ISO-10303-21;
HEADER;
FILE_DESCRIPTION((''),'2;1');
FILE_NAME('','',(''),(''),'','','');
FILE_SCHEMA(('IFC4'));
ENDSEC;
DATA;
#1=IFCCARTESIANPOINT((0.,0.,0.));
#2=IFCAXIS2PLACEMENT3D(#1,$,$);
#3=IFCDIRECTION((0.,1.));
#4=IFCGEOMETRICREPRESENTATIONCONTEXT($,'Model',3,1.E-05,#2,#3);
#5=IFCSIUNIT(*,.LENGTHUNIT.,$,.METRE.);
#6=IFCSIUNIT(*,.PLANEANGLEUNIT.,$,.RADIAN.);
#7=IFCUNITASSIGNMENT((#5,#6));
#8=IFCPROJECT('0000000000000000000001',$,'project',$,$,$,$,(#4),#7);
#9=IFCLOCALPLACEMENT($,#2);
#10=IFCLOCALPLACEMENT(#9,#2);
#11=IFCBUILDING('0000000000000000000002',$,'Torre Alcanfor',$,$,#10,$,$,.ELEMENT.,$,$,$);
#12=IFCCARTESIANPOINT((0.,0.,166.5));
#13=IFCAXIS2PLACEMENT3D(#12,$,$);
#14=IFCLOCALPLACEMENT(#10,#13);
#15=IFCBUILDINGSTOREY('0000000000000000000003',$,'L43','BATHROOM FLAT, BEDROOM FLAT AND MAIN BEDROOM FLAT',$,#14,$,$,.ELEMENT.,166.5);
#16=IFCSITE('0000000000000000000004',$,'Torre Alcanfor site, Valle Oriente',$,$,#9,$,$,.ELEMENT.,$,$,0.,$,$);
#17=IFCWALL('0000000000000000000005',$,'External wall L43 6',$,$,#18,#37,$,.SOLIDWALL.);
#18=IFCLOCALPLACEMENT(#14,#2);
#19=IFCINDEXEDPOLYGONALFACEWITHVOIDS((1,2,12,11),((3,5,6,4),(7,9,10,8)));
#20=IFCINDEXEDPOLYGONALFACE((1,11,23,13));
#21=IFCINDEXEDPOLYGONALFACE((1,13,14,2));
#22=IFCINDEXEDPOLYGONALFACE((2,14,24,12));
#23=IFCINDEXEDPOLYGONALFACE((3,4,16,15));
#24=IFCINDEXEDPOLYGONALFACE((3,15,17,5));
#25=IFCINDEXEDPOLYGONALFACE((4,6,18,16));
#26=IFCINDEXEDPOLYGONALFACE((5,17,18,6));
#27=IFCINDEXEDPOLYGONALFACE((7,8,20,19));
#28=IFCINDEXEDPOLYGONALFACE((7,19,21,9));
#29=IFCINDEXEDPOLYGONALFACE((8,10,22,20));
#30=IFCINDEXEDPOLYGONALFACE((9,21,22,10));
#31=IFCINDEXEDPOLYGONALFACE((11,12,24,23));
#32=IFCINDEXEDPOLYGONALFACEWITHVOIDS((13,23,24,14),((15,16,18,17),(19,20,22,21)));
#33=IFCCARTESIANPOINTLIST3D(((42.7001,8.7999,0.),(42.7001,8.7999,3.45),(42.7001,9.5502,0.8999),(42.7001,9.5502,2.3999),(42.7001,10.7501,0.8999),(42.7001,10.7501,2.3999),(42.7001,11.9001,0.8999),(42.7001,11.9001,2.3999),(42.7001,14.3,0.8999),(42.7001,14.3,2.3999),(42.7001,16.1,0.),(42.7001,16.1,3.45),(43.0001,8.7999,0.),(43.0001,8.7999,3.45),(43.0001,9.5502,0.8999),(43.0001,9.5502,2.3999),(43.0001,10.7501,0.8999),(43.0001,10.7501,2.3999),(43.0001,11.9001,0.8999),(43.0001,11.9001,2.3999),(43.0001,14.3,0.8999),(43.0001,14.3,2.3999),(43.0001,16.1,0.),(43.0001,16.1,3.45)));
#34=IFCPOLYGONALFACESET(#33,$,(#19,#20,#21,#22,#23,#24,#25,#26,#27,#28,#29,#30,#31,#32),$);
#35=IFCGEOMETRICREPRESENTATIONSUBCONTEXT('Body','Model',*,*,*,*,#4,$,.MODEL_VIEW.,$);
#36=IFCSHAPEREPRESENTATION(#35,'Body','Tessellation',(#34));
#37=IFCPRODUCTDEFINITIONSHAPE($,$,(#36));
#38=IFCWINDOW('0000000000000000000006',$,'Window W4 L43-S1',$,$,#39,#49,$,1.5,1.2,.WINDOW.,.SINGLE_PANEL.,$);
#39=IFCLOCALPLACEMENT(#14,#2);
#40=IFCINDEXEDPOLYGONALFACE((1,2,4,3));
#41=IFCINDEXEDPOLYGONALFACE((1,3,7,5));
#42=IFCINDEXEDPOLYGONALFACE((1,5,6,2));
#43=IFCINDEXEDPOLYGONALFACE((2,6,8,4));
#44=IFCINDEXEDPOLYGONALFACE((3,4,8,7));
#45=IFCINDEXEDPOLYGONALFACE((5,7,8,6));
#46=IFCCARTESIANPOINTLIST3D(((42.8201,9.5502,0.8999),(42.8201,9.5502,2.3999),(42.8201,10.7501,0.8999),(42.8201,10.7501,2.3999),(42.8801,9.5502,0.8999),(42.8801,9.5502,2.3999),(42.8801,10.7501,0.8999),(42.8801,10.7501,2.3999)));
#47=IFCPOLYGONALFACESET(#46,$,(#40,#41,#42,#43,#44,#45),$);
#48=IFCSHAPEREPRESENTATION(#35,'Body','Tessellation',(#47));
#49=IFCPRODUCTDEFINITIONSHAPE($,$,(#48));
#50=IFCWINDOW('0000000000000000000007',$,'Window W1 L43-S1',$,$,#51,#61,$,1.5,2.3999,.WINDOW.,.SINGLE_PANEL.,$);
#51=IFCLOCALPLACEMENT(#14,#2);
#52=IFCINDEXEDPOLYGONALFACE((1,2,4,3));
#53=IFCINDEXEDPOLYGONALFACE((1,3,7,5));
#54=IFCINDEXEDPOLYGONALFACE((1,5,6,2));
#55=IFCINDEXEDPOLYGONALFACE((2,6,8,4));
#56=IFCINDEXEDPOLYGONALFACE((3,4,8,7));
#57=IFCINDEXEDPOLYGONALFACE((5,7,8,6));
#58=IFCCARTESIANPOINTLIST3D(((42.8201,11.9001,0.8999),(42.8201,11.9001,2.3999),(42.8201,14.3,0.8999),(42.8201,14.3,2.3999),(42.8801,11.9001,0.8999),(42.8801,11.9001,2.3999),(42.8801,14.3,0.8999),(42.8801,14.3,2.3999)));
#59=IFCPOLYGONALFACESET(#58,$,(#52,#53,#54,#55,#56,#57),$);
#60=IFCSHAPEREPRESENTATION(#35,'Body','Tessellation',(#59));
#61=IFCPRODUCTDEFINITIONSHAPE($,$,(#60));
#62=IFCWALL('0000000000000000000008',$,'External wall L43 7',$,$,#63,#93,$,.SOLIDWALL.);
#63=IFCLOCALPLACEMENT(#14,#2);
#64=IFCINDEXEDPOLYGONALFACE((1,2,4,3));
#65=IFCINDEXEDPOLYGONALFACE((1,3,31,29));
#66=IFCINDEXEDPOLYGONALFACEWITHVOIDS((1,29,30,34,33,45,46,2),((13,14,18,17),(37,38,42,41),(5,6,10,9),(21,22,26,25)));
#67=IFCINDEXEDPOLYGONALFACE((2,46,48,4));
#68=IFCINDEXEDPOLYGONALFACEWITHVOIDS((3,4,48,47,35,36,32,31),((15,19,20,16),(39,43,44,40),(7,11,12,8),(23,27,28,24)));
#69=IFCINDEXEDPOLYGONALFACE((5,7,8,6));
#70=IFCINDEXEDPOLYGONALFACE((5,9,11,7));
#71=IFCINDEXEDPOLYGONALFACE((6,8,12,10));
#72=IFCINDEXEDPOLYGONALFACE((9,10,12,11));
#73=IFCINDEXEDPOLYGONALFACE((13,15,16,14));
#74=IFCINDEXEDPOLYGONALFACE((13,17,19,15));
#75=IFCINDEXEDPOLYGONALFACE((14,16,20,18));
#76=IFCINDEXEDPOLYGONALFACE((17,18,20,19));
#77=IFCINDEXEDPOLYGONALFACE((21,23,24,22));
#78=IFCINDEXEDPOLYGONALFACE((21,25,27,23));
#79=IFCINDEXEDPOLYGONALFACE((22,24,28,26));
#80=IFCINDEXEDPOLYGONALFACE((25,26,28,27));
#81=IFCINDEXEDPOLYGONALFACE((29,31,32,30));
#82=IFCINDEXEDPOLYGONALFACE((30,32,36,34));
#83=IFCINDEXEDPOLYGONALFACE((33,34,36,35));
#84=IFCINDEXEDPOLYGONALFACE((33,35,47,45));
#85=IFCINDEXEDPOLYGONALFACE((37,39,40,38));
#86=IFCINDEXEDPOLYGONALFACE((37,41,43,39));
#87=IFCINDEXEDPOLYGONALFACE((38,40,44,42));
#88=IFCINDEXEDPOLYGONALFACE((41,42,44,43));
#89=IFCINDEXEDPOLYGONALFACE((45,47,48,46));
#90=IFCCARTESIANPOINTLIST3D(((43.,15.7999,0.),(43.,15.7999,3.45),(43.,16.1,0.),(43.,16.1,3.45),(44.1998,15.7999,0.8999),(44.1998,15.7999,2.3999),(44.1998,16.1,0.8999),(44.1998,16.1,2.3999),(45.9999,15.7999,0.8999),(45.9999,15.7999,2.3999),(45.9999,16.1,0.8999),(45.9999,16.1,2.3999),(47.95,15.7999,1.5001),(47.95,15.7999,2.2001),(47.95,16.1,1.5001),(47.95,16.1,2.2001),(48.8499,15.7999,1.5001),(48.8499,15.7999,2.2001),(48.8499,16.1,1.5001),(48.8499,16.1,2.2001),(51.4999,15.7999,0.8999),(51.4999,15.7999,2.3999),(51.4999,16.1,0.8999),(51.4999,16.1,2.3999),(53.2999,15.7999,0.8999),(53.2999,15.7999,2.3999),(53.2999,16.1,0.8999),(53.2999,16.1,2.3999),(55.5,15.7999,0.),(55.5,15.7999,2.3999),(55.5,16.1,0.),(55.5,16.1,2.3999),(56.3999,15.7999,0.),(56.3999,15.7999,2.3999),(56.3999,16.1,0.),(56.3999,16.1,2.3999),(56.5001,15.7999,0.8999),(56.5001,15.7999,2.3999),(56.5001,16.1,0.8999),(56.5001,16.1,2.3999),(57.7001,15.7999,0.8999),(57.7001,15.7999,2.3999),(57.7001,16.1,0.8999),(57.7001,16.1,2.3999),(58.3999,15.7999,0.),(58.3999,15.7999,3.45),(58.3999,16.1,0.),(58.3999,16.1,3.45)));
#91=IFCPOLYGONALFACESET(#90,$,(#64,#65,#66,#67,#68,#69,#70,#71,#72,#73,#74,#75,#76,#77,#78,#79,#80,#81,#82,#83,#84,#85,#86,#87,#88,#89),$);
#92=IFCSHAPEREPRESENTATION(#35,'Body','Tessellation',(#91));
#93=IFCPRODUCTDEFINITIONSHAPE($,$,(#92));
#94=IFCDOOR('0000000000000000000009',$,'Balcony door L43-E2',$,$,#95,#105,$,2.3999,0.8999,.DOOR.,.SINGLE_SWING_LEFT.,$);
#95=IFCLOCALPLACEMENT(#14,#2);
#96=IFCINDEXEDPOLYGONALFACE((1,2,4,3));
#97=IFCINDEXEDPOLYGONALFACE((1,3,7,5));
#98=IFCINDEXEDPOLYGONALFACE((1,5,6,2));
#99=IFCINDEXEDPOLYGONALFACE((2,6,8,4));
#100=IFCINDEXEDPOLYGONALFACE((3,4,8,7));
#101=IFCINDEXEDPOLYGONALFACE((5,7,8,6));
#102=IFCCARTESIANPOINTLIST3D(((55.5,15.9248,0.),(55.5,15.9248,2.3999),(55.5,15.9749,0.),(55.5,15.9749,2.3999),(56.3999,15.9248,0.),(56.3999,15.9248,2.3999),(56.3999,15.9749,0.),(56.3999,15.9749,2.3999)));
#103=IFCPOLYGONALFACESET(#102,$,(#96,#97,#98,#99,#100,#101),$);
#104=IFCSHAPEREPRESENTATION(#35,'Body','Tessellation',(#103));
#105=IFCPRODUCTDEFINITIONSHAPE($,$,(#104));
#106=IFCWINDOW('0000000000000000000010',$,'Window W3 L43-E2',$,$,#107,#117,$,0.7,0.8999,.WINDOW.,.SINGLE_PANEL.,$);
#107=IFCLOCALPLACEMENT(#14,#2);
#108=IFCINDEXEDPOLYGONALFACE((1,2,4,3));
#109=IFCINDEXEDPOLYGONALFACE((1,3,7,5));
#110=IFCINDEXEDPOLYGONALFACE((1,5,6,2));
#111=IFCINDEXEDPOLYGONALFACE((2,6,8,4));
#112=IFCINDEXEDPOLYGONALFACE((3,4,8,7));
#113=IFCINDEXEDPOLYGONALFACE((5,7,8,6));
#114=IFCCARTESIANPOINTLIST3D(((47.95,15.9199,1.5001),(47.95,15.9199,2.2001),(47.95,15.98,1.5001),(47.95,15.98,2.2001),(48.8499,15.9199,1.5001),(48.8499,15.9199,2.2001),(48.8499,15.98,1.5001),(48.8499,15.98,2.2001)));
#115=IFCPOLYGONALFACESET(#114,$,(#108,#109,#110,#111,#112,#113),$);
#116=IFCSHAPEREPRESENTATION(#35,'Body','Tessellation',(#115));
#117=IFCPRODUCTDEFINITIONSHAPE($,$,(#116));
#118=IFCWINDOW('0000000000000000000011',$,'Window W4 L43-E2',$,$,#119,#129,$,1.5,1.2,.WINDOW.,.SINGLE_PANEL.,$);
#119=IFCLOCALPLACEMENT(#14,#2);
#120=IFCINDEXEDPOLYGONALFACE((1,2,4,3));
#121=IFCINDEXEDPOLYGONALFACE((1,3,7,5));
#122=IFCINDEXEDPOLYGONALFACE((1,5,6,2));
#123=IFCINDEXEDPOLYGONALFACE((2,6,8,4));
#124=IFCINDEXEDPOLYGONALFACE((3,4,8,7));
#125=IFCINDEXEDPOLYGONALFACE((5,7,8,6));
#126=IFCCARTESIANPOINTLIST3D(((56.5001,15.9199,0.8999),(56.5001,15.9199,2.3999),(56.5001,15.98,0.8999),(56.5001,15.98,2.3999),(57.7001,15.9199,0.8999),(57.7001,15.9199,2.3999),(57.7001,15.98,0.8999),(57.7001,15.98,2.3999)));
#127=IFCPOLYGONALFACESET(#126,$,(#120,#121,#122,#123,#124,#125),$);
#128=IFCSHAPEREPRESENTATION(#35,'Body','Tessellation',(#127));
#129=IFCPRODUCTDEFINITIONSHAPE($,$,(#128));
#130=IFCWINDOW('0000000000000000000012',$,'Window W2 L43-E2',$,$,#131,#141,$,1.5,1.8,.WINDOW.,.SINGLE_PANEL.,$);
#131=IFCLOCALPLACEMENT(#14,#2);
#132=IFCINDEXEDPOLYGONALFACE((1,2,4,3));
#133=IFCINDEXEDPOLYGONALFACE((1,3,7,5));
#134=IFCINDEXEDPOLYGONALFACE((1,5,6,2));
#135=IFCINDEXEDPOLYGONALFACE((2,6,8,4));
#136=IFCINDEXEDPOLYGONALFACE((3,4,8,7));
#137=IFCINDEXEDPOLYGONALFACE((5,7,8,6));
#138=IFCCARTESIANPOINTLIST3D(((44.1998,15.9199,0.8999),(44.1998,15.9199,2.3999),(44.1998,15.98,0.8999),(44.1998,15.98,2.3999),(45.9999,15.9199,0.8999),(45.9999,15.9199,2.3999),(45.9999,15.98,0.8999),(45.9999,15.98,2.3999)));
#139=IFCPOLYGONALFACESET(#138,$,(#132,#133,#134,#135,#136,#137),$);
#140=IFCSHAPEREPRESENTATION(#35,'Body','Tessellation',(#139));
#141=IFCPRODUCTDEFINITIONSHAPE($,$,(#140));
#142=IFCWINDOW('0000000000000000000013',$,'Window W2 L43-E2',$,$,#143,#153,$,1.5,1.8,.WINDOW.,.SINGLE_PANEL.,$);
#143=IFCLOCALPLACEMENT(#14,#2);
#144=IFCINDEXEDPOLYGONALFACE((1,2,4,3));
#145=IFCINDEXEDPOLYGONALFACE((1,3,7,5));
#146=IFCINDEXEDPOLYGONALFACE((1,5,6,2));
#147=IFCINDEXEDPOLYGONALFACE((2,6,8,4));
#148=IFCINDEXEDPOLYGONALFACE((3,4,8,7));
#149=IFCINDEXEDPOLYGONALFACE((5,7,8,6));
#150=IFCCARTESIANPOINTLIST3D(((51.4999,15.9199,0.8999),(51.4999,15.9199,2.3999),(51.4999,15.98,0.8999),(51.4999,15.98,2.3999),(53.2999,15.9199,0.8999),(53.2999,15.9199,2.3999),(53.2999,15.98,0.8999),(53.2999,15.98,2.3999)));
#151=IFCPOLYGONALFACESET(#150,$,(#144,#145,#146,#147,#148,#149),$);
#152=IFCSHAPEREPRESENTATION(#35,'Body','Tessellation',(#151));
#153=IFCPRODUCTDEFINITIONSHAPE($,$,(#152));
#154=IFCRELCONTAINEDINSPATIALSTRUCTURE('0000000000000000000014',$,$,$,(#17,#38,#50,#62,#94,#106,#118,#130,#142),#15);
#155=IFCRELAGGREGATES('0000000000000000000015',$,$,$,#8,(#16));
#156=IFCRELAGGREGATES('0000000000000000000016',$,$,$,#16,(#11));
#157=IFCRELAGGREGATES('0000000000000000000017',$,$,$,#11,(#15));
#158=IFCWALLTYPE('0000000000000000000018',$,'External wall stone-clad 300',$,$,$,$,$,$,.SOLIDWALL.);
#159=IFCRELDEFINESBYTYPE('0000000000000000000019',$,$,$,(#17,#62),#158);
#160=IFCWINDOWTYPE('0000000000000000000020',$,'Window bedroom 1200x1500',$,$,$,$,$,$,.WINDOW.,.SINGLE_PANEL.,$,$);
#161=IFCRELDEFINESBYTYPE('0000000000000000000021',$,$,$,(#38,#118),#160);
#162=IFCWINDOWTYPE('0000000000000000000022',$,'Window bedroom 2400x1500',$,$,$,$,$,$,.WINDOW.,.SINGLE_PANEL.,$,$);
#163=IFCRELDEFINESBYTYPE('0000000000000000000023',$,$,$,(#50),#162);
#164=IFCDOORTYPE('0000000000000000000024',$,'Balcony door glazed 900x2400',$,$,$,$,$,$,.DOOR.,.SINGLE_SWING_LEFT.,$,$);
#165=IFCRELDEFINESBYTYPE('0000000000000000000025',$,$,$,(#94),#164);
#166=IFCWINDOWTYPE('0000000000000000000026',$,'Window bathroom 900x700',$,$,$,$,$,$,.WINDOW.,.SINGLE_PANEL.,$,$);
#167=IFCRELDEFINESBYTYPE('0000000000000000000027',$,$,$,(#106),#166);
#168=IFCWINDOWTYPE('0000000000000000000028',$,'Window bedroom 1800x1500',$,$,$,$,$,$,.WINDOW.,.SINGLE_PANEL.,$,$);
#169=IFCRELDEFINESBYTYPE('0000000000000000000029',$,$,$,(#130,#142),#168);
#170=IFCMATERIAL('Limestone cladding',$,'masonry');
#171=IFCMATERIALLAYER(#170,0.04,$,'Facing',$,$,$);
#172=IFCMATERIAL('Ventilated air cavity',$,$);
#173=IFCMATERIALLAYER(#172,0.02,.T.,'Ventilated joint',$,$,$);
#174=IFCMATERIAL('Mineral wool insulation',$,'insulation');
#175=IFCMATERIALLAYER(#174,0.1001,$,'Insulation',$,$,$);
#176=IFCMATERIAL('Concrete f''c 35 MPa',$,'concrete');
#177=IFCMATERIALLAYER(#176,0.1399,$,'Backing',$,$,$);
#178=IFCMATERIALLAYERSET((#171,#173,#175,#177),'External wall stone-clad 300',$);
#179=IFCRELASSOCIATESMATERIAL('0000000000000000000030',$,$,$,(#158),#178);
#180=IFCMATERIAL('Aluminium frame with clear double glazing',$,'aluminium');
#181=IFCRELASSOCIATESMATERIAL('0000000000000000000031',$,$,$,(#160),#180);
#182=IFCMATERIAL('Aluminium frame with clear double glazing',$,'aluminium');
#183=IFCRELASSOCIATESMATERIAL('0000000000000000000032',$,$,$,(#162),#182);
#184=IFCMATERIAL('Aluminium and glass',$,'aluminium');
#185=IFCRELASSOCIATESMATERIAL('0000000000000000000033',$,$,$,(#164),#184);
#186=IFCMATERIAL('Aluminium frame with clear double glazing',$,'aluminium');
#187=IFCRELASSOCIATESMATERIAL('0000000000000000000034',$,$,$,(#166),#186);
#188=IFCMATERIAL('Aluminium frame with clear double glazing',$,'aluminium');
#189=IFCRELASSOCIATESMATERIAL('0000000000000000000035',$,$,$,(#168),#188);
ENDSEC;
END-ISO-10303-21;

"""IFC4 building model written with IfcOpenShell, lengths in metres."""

from ifc_helpers import new_model, si_unit, direction, frame, frame_2d, origin, place, context, subcontext, project, spatial, rectangle, extrude, material, layer, layer_set, type_object, element, fill, save


model = new_model("IFC4")

# Units and contexts
model_context = context("Model", 3, precision=1e-05, world=origin(), true_north=direction((0.0, 1.0)))
body_context = subcontext(model_context, "Body", "Model", "MODEL_VIEW")
ifc_project = project(units=[si_unit("LENGTHUNIT", "METRE"), si_unit("PLANEANGLEUNIT", "RADIAN")], contexts=[model_context])

# Site, building, storey
site_placement = place(None, origin())
site = spatial("IfcSite", under=ifc_project, at=site_placement, Name="Torre Alcanfor site, Valle Oriente", CompositionType="ELEMENT", RefElevation=0.0)
building_placement = place(site_placement, origin())
building = spatial("IfcBuilding", under=site, at=building_placement, Name="Torre Alcanfor", CompositionType="ELEMENT")
storey_placement = place(building_placement, frame((0.0, 0.0, 166.5)))
storey = spatial("IfcBuildingStorey", under=building, at=storey_placement, Name="L43", Description="BATHROOM FLAT, BEDROOM FLAT AND MAIN BEDROOM FLAT", CompositionType="ELEMENT", Elevation=166.5)

# Wall, openings, windows
ifc_material_1 = material(Name="Limestone cladding", Category="masonry")
ifc_layer_1 = layer(ifc_material_1, 0.04, Name="Facing")
ifc_material_2 = material(Name="Ventilated air cavity")
ifc_layer_2 = layer(ifc_material_2, 0.02, ventilated=True, Name="Ventilated joint")
ifc_material_3 = material(Name="Mineral wool insulation", Category="insulation")
ifc_layer_3 = layer(ifc_material_3, 0.1001, Name="Insulation")
ifc_material_4 = material(Name="Concrete f'c 35 MPa", Category="concrete")
ifc_layer_4 = layer(ifc_material_4, 0.1399, Name="Backing")
ifc_layer_set_1 = layer_set([ifc_layer_1, ifc_layer_2, ifc_layer_3, ifc_layer_4], Name="External wall stone-clad 300")
wall_type_1 = type_object("IfcWallType", Name="External wall stone-clad 300", PredefinedType="SOLIDWALL", material=ifc_layer_set_1)
wall_1_placement = place(storey_placement, frame((42.8501, 8.8, 0.0), z_axis=(0.0, 0.0, 1.0), x_axis=(0.0, 1.0, 0.0)))
wall_1 = element("IfcWall", 1, at=wall_1_placement, inside=storey, type_object=wall_type_1, Name="External wall L43 6", PredefinedType="SOLIDWALL", context=body_context, shape_type="SweptSolid", body=[
    extrude(rectangle(XDim=7.3, YDim=0.3, at=frame_2d((3.6499, 0.0))), origin(), (0.0, 0.0, 1.0), 3.45),
])
opening_1_placement = place(wall_1_placement, frame((3.1001, 0.0, 0.8999)))
opening_1 = element("IfcOpeningElement", 2, at=opening_1_placement, cuts=wall_1, PredefinedType="OPENING", context=body_context, shape_type="SweptSolid", body=[
    extrude(rectangle(XDim=2.3999, YDim=1.5, at=frame_2d((1.2, 0.75))), frame((0.0, 0.1599, 0.0), z_axis=(0.0, -1.0, 0.0), x_axis=(1.0, 0.0, 0.0)), (0.0, 0.0, 1.0), 0.3201),
])
opening_2_placement = place(wall_1_placement, frame((0.75, 0.0, 0.8999)))
opening_2 = element("IfcOpeningElement", 3, at=opening_2_placement, cuts=wall_1, PredefinedType="OPENING", context=body_context, shape_type="SweptSolid", body=[
    extrude(rectangle(XDim=1.2, YDim=1.5, at=frame_2d((0.6001, 0.75))), frame((0.0, 0.1599, 0.0), z_axis=(0.0, -1.0, 0.0), x_axis=(1.0, 0.0, 0.0)), (0.0, 0.0, 1.0), 0.3201),
])
ifc_material_5 = material(Name="Aluminium frame with clear double glazing", Category="aluminium")
window_type_1 = type_object("IfcWindowType", Name="Window bedroom 1200x1500", PartitioningType="SINGLE_PANEL", PredefinedType="WINDOW", material=ifc_material_5)
window_1_placement = place(opening_2_placement, origin())
window_1 = element("IfcWindow", 4, at=window_1_placement, inside=storey, type_object=window_type_1, Name="Window W4 L43-S1", OverallHeight=1.5, OverallWidth=1.2, PartitioningType="SINGLE_PANEL", PredefinedType="WINDOW", context=body_context, shape_type="SweptSolid", body=[
    extrude(rectangle(XDim=1.2, YDim=1.5, at=frame_2d((0.6001, 0.75))), frame((0.0, 0.03, 0.0), z_axis=(0.0, -1.0, 0.0), x_axis=(1.0, 0.0, 0.0)), (0.0, 0.0, 1.0), 0.0601),
])
fill(opening_2, window_1)
ifc_material_6 = material(Name="Aluminium frame with clear double glazing", Category="aluminium")
window_type_2 = type_object("IfcWindowType", Name="Window bedroom 2400x1500", PartitioningType="SINGLE_PANEL", PredefinedType="WINDOW", material=ifc_material_6)
window_2_placement = place(opening_1_placement, origin())
window_2 = element("IfcWindow", 5, at=window_2_placement, inside=storey, type_object=window_type_2, Name="Window W1 L43-S1", OverallHeight=1.5, OverallWidth=2.3999, PartitioningType="SINGLE_PANEL", PredefinedType="WINDOW", context=body_context, shape_type="SweptSolid", body=[
    extrude(rectangle(XDim=2.3999, YDim=1.5, at=frame_2d((1.2, 0.75))), frame((0.0, 0.03, 0.0), z_axis=(0.0, -1.0, 0.0), x_axis=(1.0, 0.0, 0.0)), (0.0, 0.0, 1.0), 0.0601),
])
fill(opening_1, window_2)

# Wall, openings, door, windows
wall_2_placement = place(storey_placement, frame((43.0, 15.95, 0.0), z_axis=(0.0, 0.0, 1.0), x_axis=(1.0, 0.0, 0.0)))
wall_2 = element("IfcWall", 6, at=wall_2_placement, inside=storey, type_object=wall_type_1, Name="External wall L43 7", PredefinedType="SOLIDWALL", context=body_context, shape_type="SweptSolid", body=[
    extrude(rectangle(XDim=15.3999, YDim=0.3, at=frame_2d((7.7, 0.0))), origin(), (0.0, 0.0, 1.0), 3.45),
])
opening_3_placement = place(wall_2_placement, frame((1.2, 0.0, 0.8999)))
opening_3 = element("IfcOpeningElement", 7, at=opening_3_placement, cuts=wall_2, PredefinedType="OPENING", context=body_context, shape_type="SweptSolid", body=[
    extrude(rectangle(XDim=1.8, YDim=1.5, at=frame_2d((0.8999, 0.75))), frame((0.0, 0.1599, 0.0), z_axis=(0.0, -1.0, 0.0), x_axis=(1.0, 0.0, 0.0)), (0.0, 0.0, 1.0), 0.3201),
])
opening_4_placement = place(wall_2_placement, frame((4.95, 0.0, 1.5)))
opening_4 = element("IfcOpeningElement", 8, at=opening_4_placement, cuts=wall_2, PredefinedType="OPENING", context=body_context, shape_type="SweptSolid", body=[
    extrude(rectangle(XDim=0.8999, YDim=0.7, at=frame_2d((0.45, 0.3501))), frame((0.0, 0.1599, 0.0), z_axis=(0.0, -1.0, 0.0), x_axis=(1.0, 0.0, 0.0)), (0.0, 0.0, 1.0), 0.3201),
])
opening_5_placement = place(wall_2_placement, frame((8.5, 0.0, 0.8999)))
opening_5 = element("IfcOpeningElement", 9, at=opening_5_placement, cuts=wall_2, PredefinedType="OPENING", context=body_context, shape_type="SweptSolid", body=[
    extrude(rectangle(XDim=1.8, YDim=1.5, at=frame_2d((0.8999, 0.75))), frame((0.0, 0.1599, 0.0), z_axis=(0.0, -1.0, 0.0), x_axis=(1.0, 0.0, 0.0)), (0.0, 0.0, 1.0), 0.3201),
])
opening_6_placement = place(wall_2_placement, frame((12.5, 0.0, 0.0)))
opening_6 = element("IfcOpeningElement", 10, at=opening_6_placement, cuts=wall_2, PredefinedType="OPENING", context=body_context, shape_type="SweptSolid", body=[
    extrude(rectangle(XDim=0.8999, YDim=2.3999, at=frame_2d((0.45, 1.2))), frame((0.0, 0.1599, 0.0), z_axis=(0.0, -1.0, 0.0), x_axis=(1.0, 0.0, 0.0)), (0.0, 0.0, 1.0), 0.3201),
])
opening_7_placement = place(wall_2_placement, frame((13.5, 0.0, 0.8999)))
opening_7 = element("IfcOpeningElement", 11, at=opening_7_placement, cuts=wall_2, PredefinedType="OPENING", context=body_context, shape_type="SweptSolid", body=[
    extrude(rectangle(XDim=1.2, YDim=1.5, at=frame_2d((0.6001, 0.75))), frame((0.0, 0.1599, 0.0), z_axis=(0.0, -1.0, 0.0), x_axis=(1.0, 0.0, 0.0)), (0.0, 0.0, 1.0), 0.3201),
])
ifc_material_7 = material(Name="Aluminium and glass", Category="aluminium")
door_type_1 = type_object("IfcDoorType", Name="Balcony door glazed 900x2400", OperationType="SINGLE_SWING_LEFT", PredefinedType="DOOR", material=ifc_material_7)
door_1_placement = place(opening_6_placement, origin())
door_1 = element("IfcDoor", 12, at=door_1_placement, inside=storey, type_object=door_type_1, Name="Balcony door L43-E2", OperationType="SINGLE_SWING_LEFT", OverallHeight=2.3999, OverallWidth=0.8999, PredefinedType="DOOR", context=body_context, shape_type="SweptSolid", body=[
    extrude(rectangle(XDim=0.8999, YDim=2.3999, at=frame_2d((0.45, 1.2))), frame((0.0, 0.0249, 0.0), z_axis=(0.0, -1.0, 0.0), x_axis=(1.0, 0.0, 0.0)), (0.0, 0.0, 1.0), 0.05),
])
fill(opening_6, door_1)
ifc_material_8 = material(Name="Aluminium frame with clear double glazing", Category="aluminium")
window_type_3 = type_object("IfcWindowType", Name="Window bathroom 900x700", PartitioningType="SINGLE_PANEL", PredefinedType="WINDOW", material=ifc_material_8)
window_3_placement = place(opening_4_placement, origin())
window_3 = element("IfcWindow", 13, at=window_3_placement, inside=storey, type_object=window_type_3, Name="Window W3 L43-E2", OverallHeight=0.7, OverallWidth=0.8999, PartitioningType="SINGLE_PANEL", PredefinedType="WINDOW", context=body_context, shape_type="SweptSolid", body=[
    extrude(rectangle(XDim=0.8999, YDim=0.7, at=frame_2d((0.45, 0.3501))), frame((0.0, 0.03, 0.0), z_axis=(0.0, -1.0, 0.0), x_axis=(1.0, 0.0, 0.0)), (0.0, 0.0, 1.0), 0.0601),
])
fill(opening_4, window_3)
window_4_placement = place(opening_7_placement, origin())
window_4 = element("IfcWindow", 14, at=window_4_placement, inside=storey, type_object=window_type_1, Name="Window W4 L43-E2", OverallHeight=1.5, OverallWidth=1.2, PartitioningType="SINGLE_PANEL", PredefinedType="WINDOW", context=body_context, shape_type="SweptSolid", body=[
    extrude(rectangle(XDim=1.2, YDim=1.5, at=frame_2d((0.6001, 0.75))), frame((0.0, 0.03, 0.0), z_axis=(0.0, -1.0, 0.0), x_axis=(1.0, 0.0, 0.0)), (0.0, 0.0, 1.0), 0.0601),
])
fill(opening_7, window_4)
ifc_material_9 = material(Name="Aluminium frame with clear double glazing", Category="aluminium")
window_type_4 = type_object("IfcWindowType", Name="Window bedroom 1800x1500", PartitioningType="SINGLE_PANEL", PredefinedType="WINDOW", material=ifc_material_9)
window_5_placement = place(opening_3_placement, origin())
window_5 = element("IfcWindow", 15, at=window_5_placement, inside=storey, type_object=window_type_4, Name="Window W2 L43-E2", OverallHeight=1.5, OverallWidth=1.8, PartitioningType="SINGLE_PANEL", PredefinedType="WINDOW", context=body_context, shape_type="SweptSolid", body=[
    extrude(rectangle(XDim=1.8, YDim=1.5, at=frame_2d((0.8999, 0.75))), frame((0.0, 0.03, 0.0), z_axis=(0.0, -1.0, 0.0), x_axis=(1.0, 0.0, 0.0)), (0.0, 0.0, 1.0), 0.0601),
])
fill(opening_3, window_5)
window_6_placement = place(opening_5_placement, origin())
window_6 = element("IfcWindow", 16, at=window_6_placement, inside=storey, type_object=window_type_4, Name="Window W2 L43-E2", OverallHeight=1.5, OverallWidth=1.8, PartitioningType="SINGLE_PANEL", PredefinedType="WINDOW", context=body_context, shape_type="SweptSolid", body=[
    extrude(rectangle(XDim=1.8, YDim=1.5, at=frame_2d((0.8999, 0.75))), frame((0.0, 0.03, 0.0), z_axis=(0.0, -1.0, 0.0), x_axis=(1.0, 0.0, 0.0)), (0.0, 0.0, 1.0), 0.0601),
])
fill(opening_5, window_6)

save(model, "model.ifc")
